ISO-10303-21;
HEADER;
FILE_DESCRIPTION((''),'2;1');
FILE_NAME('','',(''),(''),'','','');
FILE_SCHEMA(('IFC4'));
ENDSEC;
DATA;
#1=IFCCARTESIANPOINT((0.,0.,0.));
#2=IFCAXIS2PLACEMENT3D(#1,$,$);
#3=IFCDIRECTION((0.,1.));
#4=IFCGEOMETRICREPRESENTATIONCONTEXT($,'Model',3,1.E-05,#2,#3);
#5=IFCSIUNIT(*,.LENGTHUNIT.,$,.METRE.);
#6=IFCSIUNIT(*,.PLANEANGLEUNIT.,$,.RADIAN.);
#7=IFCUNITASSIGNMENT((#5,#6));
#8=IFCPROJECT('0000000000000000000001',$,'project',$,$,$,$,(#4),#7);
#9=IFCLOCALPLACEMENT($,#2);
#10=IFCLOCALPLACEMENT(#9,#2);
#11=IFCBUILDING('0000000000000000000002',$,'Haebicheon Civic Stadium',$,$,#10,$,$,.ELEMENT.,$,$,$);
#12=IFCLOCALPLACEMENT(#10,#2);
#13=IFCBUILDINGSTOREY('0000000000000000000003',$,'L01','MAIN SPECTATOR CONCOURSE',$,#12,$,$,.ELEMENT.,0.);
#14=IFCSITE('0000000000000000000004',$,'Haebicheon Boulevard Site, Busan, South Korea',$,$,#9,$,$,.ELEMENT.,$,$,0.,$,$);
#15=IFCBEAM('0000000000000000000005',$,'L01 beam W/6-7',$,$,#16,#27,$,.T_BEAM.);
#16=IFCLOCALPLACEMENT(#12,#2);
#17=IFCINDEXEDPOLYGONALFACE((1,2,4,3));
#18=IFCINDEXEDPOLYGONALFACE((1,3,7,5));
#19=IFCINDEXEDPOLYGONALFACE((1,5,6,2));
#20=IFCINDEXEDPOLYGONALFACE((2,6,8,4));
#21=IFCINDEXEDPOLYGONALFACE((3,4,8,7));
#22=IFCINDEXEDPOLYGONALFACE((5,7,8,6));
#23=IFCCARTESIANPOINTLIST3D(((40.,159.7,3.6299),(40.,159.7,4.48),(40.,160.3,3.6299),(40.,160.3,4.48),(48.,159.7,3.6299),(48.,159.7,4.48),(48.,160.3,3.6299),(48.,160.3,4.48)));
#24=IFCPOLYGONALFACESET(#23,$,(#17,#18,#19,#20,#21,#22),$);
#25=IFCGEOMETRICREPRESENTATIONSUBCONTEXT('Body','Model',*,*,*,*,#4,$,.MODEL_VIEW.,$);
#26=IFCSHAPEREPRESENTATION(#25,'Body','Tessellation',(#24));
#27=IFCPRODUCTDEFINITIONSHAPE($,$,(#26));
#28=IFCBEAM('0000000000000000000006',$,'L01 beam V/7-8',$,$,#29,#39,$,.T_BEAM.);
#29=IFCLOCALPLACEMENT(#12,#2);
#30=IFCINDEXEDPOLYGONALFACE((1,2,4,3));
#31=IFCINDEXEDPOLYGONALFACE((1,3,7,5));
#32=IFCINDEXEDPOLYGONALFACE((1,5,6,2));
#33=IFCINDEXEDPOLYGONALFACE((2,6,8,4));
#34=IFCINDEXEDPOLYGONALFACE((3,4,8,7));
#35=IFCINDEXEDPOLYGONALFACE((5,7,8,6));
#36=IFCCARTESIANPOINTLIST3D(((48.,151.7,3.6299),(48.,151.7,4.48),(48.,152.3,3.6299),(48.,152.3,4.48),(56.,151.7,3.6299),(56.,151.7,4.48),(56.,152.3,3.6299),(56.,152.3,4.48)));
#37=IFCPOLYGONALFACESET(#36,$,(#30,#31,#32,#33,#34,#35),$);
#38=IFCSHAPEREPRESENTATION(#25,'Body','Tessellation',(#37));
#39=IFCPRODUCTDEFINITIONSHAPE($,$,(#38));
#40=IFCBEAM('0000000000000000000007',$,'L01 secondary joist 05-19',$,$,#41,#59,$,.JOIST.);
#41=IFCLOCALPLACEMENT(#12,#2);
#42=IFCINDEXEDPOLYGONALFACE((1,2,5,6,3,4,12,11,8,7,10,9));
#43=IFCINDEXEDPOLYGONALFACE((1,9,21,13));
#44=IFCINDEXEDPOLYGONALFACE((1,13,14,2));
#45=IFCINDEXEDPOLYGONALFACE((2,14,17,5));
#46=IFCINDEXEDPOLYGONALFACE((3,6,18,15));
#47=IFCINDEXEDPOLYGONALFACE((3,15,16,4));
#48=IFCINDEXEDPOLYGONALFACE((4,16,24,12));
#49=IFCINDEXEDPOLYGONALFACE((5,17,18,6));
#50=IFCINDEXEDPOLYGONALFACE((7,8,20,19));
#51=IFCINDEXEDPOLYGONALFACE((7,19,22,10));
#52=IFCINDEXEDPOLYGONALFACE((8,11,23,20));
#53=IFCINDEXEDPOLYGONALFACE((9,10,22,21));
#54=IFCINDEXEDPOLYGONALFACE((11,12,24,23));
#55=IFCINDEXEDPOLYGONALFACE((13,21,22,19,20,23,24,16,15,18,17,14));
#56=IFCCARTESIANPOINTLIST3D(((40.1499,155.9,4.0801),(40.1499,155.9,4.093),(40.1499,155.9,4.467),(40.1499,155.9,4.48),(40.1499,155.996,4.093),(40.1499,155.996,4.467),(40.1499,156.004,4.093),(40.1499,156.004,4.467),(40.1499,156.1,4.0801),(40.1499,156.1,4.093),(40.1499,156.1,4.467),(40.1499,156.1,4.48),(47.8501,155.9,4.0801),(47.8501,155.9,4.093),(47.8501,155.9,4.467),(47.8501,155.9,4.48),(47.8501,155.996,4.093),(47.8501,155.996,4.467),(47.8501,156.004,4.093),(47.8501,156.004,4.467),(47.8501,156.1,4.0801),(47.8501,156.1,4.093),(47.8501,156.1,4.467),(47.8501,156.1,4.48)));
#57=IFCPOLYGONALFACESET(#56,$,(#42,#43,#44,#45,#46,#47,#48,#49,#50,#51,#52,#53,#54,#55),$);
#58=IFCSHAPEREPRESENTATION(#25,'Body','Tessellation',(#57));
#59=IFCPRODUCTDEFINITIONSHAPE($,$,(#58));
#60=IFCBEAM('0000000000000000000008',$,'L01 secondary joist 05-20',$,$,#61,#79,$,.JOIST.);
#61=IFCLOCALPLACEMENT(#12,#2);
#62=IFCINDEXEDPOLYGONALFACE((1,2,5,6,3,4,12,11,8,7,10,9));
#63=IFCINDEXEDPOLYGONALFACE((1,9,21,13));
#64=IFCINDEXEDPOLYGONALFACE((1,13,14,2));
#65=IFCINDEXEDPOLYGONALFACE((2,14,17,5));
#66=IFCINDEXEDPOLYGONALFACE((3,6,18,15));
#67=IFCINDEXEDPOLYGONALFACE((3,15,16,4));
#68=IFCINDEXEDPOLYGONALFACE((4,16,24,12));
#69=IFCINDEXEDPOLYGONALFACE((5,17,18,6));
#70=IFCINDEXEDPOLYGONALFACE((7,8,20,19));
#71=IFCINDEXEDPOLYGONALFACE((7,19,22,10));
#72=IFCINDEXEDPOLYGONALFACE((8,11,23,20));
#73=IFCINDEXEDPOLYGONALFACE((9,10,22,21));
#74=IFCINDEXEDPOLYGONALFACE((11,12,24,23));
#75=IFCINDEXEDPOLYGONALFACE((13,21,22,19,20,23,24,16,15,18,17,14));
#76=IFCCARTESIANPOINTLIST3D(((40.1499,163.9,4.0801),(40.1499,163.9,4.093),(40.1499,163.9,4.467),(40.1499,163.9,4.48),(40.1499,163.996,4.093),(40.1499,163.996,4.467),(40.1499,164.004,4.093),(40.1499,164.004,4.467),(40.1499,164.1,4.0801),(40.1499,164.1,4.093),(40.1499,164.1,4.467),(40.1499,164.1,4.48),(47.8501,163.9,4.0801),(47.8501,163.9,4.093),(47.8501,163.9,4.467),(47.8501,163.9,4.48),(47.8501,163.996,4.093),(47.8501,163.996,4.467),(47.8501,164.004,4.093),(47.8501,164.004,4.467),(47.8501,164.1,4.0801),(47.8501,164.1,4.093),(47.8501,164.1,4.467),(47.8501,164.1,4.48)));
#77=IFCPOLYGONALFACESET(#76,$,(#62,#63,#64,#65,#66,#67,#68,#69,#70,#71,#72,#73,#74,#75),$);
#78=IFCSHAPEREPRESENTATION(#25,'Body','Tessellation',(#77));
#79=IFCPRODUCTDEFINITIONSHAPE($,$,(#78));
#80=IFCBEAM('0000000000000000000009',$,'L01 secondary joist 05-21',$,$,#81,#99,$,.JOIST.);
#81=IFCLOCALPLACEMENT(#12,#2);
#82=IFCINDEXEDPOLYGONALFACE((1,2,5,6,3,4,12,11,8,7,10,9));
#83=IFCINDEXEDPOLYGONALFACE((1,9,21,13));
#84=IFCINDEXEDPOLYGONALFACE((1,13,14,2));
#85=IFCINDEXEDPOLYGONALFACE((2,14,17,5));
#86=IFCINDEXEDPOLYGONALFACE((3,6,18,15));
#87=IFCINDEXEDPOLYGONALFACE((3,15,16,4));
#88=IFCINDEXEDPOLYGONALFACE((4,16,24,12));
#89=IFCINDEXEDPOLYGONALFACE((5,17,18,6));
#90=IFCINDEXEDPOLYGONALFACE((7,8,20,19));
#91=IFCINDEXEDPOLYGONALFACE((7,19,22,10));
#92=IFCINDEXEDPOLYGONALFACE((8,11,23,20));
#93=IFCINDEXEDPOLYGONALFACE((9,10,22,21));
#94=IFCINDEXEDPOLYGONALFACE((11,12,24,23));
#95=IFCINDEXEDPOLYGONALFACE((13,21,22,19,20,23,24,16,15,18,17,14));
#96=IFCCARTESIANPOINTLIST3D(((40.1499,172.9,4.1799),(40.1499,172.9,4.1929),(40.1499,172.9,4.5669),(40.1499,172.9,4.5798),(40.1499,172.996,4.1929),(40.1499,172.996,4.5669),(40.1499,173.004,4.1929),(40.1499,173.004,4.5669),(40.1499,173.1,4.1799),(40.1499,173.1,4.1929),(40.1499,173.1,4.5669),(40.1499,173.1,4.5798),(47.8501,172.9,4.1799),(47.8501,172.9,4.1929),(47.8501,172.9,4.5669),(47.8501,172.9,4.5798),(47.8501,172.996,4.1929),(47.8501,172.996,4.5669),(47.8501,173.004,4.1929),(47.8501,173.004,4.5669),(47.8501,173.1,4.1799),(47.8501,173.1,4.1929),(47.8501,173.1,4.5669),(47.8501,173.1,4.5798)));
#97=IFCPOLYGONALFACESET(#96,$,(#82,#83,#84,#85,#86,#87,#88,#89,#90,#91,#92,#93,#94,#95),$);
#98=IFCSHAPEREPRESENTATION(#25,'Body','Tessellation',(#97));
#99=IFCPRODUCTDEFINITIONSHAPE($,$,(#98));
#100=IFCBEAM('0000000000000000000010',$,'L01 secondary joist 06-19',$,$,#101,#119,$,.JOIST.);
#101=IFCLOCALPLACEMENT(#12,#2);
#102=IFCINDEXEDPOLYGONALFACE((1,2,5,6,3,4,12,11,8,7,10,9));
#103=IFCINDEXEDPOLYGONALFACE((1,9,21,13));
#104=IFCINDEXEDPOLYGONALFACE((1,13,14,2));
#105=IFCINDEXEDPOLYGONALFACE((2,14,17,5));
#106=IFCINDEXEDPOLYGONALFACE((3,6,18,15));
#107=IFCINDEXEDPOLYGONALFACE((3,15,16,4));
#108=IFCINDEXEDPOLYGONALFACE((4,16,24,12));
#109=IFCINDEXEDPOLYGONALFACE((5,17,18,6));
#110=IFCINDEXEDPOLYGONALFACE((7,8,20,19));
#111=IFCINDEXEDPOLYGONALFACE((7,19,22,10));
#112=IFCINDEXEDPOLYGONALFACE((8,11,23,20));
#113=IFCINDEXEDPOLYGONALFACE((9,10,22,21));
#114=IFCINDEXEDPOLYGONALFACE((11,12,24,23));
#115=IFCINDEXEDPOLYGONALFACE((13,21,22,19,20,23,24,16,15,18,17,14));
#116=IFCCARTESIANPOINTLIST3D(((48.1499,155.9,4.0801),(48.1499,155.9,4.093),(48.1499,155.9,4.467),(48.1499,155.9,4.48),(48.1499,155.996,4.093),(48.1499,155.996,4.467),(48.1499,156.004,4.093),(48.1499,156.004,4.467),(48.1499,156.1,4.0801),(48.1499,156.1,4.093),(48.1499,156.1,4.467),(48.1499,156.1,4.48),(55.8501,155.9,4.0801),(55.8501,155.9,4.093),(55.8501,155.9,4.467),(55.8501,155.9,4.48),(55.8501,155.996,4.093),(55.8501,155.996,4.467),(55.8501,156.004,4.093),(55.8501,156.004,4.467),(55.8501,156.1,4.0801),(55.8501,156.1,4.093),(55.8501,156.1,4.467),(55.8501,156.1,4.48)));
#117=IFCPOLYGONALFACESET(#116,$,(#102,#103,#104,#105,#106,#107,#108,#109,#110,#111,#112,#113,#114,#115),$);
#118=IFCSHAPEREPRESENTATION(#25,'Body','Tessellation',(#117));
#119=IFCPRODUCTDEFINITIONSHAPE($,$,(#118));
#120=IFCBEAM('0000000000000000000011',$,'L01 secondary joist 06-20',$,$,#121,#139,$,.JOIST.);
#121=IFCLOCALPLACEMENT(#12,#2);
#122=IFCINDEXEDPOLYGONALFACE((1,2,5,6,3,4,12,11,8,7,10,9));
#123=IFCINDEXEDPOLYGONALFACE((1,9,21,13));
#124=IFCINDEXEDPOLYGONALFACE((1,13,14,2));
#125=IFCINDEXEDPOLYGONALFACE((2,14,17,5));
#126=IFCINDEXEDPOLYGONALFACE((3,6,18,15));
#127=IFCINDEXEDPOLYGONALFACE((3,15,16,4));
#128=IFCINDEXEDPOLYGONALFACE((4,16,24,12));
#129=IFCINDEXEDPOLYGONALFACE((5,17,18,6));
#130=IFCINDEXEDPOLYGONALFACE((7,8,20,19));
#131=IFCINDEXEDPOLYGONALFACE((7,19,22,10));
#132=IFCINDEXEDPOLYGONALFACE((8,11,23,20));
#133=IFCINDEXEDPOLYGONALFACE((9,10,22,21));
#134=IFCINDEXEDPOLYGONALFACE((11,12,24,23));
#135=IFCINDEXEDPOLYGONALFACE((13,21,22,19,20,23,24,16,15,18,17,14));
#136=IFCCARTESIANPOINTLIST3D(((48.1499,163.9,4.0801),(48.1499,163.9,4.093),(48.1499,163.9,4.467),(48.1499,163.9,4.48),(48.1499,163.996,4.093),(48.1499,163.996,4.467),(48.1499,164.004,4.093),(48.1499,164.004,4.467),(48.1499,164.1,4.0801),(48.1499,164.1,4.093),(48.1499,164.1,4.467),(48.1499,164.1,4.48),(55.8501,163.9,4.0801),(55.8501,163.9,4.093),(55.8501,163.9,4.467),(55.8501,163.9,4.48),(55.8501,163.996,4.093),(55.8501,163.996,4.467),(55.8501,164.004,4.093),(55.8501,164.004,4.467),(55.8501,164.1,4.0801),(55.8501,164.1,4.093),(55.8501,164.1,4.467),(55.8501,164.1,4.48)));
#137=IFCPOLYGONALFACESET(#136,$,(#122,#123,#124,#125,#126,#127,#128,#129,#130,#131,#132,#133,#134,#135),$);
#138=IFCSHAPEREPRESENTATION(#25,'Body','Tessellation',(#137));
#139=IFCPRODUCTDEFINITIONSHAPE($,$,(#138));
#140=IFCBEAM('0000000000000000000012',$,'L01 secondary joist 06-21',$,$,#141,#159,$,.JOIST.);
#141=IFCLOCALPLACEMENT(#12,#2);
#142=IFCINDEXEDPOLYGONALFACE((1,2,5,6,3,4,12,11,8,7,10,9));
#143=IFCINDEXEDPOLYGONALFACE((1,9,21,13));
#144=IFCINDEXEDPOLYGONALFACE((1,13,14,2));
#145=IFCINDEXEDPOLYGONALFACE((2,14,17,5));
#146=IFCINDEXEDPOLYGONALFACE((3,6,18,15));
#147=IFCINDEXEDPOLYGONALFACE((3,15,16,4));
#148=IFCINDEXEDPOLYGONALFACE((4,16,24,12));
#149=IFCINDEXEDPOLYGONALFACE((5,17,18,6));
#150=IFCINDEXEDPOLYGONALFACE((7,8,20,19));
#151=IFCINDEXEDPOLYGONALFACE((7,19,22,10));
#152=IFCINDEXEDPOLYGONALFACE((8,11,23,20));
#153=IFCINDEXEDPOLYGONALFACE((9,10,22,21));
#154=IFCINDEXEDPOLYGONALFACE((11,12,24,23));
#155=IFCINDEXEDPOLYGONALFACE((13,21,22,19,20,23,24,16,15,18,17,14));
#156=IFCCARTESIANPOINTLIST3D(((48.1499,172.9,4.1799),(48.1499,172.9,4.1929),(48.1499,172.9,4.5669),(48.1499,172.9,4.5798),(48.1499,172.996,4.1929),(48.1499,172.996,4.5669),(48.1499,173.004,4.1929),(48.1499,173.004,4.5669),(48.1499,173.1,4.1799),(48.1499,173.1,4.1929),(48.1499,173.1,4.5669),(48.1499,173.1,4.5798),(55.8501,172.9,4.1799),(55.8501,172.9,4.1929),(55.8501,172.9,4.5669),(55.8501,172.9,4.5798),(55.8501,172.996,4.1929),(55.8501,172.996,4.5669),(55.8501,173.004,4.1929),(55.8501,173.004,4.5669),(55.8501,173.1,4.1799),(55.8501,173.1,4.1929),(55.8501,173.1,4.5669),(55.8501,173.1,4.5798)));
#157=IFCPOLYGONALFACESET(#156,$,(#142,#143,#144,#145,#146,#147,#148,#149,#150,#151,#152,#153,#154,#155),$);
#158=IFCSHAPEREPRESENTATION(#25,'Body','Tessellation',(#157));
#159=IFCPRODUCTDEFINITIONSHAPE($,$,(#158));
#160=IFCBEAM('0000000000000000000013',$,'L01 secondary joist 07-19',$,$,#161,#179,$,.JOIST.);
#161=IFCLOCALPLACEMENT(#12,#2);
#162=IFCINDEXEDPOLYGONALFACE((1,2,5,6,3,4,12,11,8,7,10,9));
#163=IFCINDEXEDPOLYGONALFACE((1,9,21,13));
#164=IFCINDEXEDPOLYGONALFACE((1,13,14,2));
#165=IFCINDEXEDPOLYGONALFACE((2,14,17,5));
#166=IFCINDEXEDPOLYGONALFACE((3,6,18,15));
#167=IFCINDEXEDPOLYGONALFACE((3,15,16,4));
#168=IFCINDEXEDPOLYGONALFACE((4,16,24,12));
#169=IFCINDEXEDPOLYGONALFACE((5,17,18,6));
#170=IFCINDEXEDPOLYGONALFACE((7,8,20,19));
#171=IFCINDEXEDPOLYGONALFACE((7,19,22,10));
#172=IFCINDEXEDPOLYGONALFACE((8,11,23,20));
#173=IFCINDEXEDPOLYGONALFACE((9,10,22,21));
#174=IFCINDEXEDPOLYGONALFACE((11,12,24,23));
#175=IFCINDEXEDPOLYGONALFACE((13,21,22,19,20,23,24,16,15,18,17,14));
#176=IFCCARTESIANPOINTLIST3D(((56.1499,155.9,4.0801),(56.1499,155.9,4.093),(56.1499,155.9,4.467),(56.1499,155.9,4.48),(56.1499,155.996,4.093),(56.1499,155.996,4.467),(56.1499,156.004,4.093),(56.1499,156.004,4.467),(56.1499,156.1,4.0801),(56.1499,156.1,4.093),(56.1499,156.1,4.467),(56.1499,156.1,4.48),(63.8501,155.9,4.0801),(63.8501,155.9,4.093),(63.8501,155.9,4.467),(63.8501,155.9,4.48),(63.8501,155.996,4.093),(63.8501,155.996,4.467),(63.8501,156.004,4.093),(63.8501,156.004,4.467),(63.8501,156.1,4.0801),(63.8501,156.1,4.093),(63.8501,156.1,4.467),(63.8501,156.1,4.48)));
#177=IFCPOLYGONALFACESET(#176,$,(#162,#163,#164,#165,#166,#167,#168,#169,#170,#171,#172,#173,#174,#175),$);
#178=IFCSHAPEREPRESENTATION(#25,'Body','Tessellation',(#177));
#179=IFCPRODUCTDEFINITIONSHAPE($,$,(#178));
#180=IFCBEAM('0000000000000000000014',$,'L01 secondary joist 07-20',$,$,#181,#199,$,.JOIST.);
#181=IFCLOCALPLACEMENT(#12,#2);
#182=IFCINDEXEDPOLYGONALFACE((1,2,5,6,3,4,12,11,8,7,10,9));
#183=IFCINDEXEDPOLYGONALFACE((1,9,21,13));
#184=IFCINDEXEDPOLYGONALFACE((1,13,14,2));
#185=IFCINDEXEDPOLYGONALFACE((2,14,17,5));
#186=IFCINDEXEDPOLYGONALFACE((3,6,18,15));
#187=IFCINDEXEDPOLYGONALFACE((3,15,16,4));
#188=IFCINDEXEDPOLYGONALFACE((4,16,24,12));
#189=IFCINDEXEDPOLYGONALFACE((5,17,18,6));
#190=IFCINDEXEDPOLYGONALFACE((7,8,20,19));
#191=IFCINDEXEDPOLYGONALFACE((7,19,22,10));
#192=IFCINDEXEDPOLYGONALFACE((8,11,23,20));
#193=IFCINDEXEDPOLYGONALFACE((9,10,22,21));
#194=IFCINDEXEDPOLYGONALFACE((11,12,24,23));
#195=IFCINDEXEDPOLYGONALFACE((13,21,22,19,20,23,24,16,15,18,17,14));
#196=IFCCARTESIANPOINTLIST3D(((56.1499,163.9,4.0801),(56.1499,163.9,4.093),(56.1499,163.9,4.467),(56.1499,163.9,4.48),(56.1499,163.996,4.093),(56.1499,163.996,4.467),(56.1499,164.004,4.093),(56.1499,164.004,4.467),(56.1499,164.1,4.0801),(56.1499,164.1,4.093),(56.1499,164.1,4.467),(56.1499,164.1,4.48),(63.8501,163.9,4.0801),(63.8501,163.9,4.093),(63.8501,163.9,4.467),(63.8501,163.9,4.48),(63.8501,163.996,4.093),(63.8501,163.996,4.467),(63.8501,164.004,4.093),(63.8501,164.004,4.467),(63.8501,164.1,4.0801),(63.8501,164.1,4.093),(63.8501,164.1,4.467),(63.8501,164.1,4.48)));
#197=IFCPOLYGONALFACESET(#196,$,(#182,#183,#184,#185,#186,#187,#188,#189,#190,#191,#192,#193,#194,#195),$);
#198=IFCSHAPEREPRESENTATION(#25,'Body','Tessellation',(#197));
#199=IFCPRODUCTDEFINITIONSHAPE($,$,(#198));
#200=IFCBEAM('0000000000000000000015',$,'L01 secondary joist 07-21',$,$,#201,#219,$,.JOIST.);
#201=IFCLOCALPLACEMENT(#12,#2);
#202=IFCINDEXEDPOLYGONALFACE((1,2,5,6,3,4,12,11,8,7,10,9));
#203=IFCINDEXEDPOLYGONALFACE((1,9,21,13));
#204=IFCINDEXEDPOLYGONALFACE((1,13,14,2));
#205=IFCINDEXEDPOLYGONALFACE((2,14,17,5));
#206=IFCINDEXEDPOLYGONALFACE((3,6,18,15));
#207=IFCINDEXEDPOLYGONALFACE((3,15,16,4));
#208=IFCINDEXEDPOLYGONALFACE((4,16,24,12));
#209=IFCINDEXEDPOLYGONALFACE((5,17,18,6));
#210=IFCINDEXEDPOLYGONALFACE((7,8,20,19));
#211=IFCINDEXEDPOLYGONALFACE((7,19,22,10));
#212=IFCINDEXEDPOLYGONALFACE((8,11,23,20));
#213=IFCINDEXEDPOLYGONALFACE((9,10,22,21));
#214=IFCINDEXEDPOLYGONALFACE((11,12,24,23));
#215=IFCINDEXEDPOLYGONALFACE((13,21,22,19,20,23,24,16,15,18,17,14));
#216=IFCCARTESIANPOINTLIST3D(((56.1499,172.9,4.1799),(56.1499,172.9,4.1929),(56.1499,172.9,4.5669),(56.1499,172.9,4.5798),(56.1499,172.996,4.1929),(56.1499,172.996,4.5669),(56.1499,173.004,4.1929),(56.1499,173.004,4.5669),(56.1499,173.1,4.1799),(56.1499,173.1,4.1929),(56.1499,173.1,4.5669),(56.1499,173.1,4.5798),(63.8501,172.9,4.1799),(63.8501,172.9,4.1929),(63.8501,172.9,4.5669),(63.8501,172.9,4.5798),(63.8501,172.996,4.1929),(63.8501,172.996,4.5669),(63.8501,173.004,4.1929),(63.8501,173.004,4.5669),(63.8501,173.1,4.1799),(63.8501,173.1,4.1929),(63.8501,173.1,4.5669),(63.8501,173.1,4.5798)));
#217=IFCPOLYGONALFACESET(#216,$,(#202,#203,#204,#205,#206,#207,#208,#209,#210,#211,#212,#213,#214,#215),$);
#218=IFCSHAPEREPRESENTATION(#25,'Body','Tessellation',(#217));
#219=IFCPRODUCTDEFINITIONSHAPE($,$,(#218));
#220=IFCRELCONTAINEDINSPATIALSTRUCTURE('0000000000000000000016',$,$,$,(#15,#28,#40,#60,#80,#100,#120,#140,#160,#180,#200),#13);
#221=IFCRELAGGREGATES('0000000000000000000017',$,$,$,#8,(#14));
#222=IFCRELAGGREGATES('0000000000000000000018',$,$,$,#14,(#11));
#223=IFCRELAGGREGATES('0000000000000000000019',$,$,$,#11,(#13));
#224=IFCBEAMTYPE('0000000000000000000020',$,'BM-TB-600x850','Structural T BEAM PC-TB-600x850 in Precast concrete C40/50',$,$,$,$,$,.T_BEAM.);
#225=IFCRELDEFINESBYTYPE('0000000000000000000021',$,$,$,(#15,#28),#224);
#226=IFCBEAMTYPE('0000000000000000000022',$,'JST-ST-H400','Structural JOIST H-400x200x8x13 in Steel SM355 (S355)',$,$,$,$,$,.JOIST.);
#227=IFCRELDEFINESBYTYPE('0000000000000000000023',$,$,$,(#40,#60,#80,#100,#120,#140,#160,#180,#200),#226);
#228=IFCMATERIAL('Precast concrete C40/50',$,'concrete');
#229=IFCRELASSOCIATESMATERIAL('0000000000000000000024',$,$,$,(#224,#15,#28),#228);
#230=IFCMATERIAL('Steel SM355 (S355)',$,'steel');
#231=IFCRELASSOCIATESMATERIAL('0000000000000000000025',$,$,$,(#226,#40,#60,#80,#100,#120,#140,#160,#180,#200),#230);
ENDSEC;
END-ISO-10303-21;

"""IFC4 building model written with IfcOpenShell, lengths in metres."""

from ifc_helpers import new_model, si_unit, direction, frame, origin, origin_2d, place, context, subcontext, project, spatial, rectangle, i_section, extrude, material, material_profile, profile_set, type_object, element, save


model = new_model("IFC4")

# Units and contexts
model_context = context("Model", 3, precision=1e-05, world=origin(), true_north=direction((0.0, 1.0)))
body_context = subcontext(model_context, "Body", "Model", "MODEL_VIEW")
ifc_project = project(units=[si_unit("LENGTHUNIT", "METRE"), si_unit("PLANEANGLEUNIT", "RADIAN")], contexts=[model_context])

# Site, building, storey
site_placement = place(None, origin())
site = spatial("IfcSite", under=ifc_project, at=site_placement, Name="Haebicheon Boulevard Site, Busan, South Korea", CompositionType="ELEMENT", RefElevation=0.0)
building_placement = place(site_placement, origin())
building = spatial("IfcBuilding", under=site, at=building_placement, Name="Haebicheon Civic Stadium", CompositionType="ELEMENT")
storey_placement = place(building_placement, origin())
storey = spatial("IfcBuildingStorey", under=building, at=storey_placement, Name="L01", Description="MAIN SPECTATOR CONCOURSE", CompositionType="ELEMENT", Elevation=0.0)

# Beams
ifc_material_1 = material(Name="Precast concrete C40/50", Category="concrete")
ifc_material_profile_1 = material_profile(ifc_material_1, rectangle(XDim=0.6001, YDim=0.8501, at=origin_2d()), Name="PC-TB-600x850")
ifc_profile_set_1 = profile_set([ifc_material_profile_1], Name="Precast concrete C40/50")
beam_type_1 = type_object("IfcBeamType", Name="BM-TB-600x850", Description="Structural T BEAM PC-TB-600x850 in Precast concrete C40/50", PredefinedType="T_BEAM", material=ifc_profile_set_1)
for number, where, z_axis, x_axis, name in (
    (1, (40.0, 160.0, 4.0549), (1.0, 0.0, 0.0), (0.0, 1.0, 0.0), "L01 beam W/6-7"),
    (2, (48.0, 152.0, 4.0549), (1.0, 0.0, 0.0), (0.0, 1.0, 0.0), "L01 beam V/7-8"),
):
    element("IfcBeam", number, at=place(storey_placement, frame(where, z_axis=z_axis, x_axis=x_axis)), inside=storey, type_object=beam_type_1, material=ifc_profile_set_1, Name=name, PredefinedType="T_BEAM", context=body_context, shape_type="SweptSolid", body=[
        extrude(rectangle(XDim=0.6001, YDim=0.8501, at=origin_2d()), origin(), (0.0, 0.0, 1.0), 8.0),
    ])
ifc_material_2 = material(Name="Steel SM355 (S355)", Category="steel")
ifc_material_profile_2 = material_profile(ifc_material_2, i_section(OverallWidth=0.2, OverallDepth=0.3999, WebThickness=0.0081, FlangeThickness=0.0129, at=origin_2d()), Name="H-400x200x8x13")
ifc_profile_set_2 = profile_set([ifc_material_profile_2], Name="Steel SM355 (S355)")
beam_type_2 = type_object("IfcBeamType", Name="JST-ST-H400", Description="Structural JOIST H-400x200x8x13 in Steel SM355 (S355)", PredefinedType="JOIST", material=ifc_profile_set_2)
for number, where, z_axis, x_axis, name in (
    (3, (40.1499, 156.0, 4.28), (1.0, 0.0, 0.0), (0.0, 1.0, 0.0), "L01 secondary joist 05-19"),
    (4, (40.1499, 164.0, 4.28), (1.0, 0.0, 0.0), (0.0, 1.0, 0.0), "L01 secondary joist 05-20"),
    (5, (40.1499, 173.0, 4.3799), (1.0, 0.0, 0.0), (0.0, 1.0, 0.0), "L01 secondary joist 05-21"),
    (6, (48.1499, 156.0, 4.28), (1.0, 0.0, 0.0), (0.0, 1.0, 0.0), "L01 secondary joist 06-19"),
    (7, (48.1499, 164.0, 4.28), (1.0, 0.0, 0.0), (0.0, 1.0, 0.0), "L01 secondary joist 06-20"),
    (8, (48.1499, 173.0, 4.3799), (1.0, 0.0, 0.0), (0.0, 1.0, 0.0), "L01 secondary joist 06-21"),
    (9, (56.1499, 156.0, 4.28), (1.0, 0.0, 0.0), (0.0, 1.0, 0.0), "L01 secondary joist 07-19"),
    (10, (56.1499, 164.0, 4.28), (1.0, 0.0, 0.0), (0.0, 1.0, 0.0), "L01 secondary joist 07-20"),
    (11, (56.1499, 173.0, 4.3799), (1.0, 0.0, 0.0), (0.0, 1.0, 0.0), "L01 secondary joist 07-21"),
):
    element("IfcBeam", number, at=place(storey_placement, frame(where, z_axis=z_axis, x_axis=x_axis)), inside=storey, type_object=beam_type_2, material=ifc_profile_set_2, Name=name, PredefinedType="JOIST", context=body_context, shape_type="SweptSolid", body=[
        extrude(i_section(OverallWidth=0.2, OverallDepth=0.3999, WebThickness=0.0081, FlangeThickness=0.0129, at=origin_2d()), origin(), (0.0, 0.0, 1.0), 7.7002),
    ])

save(model, "model.ifc")
